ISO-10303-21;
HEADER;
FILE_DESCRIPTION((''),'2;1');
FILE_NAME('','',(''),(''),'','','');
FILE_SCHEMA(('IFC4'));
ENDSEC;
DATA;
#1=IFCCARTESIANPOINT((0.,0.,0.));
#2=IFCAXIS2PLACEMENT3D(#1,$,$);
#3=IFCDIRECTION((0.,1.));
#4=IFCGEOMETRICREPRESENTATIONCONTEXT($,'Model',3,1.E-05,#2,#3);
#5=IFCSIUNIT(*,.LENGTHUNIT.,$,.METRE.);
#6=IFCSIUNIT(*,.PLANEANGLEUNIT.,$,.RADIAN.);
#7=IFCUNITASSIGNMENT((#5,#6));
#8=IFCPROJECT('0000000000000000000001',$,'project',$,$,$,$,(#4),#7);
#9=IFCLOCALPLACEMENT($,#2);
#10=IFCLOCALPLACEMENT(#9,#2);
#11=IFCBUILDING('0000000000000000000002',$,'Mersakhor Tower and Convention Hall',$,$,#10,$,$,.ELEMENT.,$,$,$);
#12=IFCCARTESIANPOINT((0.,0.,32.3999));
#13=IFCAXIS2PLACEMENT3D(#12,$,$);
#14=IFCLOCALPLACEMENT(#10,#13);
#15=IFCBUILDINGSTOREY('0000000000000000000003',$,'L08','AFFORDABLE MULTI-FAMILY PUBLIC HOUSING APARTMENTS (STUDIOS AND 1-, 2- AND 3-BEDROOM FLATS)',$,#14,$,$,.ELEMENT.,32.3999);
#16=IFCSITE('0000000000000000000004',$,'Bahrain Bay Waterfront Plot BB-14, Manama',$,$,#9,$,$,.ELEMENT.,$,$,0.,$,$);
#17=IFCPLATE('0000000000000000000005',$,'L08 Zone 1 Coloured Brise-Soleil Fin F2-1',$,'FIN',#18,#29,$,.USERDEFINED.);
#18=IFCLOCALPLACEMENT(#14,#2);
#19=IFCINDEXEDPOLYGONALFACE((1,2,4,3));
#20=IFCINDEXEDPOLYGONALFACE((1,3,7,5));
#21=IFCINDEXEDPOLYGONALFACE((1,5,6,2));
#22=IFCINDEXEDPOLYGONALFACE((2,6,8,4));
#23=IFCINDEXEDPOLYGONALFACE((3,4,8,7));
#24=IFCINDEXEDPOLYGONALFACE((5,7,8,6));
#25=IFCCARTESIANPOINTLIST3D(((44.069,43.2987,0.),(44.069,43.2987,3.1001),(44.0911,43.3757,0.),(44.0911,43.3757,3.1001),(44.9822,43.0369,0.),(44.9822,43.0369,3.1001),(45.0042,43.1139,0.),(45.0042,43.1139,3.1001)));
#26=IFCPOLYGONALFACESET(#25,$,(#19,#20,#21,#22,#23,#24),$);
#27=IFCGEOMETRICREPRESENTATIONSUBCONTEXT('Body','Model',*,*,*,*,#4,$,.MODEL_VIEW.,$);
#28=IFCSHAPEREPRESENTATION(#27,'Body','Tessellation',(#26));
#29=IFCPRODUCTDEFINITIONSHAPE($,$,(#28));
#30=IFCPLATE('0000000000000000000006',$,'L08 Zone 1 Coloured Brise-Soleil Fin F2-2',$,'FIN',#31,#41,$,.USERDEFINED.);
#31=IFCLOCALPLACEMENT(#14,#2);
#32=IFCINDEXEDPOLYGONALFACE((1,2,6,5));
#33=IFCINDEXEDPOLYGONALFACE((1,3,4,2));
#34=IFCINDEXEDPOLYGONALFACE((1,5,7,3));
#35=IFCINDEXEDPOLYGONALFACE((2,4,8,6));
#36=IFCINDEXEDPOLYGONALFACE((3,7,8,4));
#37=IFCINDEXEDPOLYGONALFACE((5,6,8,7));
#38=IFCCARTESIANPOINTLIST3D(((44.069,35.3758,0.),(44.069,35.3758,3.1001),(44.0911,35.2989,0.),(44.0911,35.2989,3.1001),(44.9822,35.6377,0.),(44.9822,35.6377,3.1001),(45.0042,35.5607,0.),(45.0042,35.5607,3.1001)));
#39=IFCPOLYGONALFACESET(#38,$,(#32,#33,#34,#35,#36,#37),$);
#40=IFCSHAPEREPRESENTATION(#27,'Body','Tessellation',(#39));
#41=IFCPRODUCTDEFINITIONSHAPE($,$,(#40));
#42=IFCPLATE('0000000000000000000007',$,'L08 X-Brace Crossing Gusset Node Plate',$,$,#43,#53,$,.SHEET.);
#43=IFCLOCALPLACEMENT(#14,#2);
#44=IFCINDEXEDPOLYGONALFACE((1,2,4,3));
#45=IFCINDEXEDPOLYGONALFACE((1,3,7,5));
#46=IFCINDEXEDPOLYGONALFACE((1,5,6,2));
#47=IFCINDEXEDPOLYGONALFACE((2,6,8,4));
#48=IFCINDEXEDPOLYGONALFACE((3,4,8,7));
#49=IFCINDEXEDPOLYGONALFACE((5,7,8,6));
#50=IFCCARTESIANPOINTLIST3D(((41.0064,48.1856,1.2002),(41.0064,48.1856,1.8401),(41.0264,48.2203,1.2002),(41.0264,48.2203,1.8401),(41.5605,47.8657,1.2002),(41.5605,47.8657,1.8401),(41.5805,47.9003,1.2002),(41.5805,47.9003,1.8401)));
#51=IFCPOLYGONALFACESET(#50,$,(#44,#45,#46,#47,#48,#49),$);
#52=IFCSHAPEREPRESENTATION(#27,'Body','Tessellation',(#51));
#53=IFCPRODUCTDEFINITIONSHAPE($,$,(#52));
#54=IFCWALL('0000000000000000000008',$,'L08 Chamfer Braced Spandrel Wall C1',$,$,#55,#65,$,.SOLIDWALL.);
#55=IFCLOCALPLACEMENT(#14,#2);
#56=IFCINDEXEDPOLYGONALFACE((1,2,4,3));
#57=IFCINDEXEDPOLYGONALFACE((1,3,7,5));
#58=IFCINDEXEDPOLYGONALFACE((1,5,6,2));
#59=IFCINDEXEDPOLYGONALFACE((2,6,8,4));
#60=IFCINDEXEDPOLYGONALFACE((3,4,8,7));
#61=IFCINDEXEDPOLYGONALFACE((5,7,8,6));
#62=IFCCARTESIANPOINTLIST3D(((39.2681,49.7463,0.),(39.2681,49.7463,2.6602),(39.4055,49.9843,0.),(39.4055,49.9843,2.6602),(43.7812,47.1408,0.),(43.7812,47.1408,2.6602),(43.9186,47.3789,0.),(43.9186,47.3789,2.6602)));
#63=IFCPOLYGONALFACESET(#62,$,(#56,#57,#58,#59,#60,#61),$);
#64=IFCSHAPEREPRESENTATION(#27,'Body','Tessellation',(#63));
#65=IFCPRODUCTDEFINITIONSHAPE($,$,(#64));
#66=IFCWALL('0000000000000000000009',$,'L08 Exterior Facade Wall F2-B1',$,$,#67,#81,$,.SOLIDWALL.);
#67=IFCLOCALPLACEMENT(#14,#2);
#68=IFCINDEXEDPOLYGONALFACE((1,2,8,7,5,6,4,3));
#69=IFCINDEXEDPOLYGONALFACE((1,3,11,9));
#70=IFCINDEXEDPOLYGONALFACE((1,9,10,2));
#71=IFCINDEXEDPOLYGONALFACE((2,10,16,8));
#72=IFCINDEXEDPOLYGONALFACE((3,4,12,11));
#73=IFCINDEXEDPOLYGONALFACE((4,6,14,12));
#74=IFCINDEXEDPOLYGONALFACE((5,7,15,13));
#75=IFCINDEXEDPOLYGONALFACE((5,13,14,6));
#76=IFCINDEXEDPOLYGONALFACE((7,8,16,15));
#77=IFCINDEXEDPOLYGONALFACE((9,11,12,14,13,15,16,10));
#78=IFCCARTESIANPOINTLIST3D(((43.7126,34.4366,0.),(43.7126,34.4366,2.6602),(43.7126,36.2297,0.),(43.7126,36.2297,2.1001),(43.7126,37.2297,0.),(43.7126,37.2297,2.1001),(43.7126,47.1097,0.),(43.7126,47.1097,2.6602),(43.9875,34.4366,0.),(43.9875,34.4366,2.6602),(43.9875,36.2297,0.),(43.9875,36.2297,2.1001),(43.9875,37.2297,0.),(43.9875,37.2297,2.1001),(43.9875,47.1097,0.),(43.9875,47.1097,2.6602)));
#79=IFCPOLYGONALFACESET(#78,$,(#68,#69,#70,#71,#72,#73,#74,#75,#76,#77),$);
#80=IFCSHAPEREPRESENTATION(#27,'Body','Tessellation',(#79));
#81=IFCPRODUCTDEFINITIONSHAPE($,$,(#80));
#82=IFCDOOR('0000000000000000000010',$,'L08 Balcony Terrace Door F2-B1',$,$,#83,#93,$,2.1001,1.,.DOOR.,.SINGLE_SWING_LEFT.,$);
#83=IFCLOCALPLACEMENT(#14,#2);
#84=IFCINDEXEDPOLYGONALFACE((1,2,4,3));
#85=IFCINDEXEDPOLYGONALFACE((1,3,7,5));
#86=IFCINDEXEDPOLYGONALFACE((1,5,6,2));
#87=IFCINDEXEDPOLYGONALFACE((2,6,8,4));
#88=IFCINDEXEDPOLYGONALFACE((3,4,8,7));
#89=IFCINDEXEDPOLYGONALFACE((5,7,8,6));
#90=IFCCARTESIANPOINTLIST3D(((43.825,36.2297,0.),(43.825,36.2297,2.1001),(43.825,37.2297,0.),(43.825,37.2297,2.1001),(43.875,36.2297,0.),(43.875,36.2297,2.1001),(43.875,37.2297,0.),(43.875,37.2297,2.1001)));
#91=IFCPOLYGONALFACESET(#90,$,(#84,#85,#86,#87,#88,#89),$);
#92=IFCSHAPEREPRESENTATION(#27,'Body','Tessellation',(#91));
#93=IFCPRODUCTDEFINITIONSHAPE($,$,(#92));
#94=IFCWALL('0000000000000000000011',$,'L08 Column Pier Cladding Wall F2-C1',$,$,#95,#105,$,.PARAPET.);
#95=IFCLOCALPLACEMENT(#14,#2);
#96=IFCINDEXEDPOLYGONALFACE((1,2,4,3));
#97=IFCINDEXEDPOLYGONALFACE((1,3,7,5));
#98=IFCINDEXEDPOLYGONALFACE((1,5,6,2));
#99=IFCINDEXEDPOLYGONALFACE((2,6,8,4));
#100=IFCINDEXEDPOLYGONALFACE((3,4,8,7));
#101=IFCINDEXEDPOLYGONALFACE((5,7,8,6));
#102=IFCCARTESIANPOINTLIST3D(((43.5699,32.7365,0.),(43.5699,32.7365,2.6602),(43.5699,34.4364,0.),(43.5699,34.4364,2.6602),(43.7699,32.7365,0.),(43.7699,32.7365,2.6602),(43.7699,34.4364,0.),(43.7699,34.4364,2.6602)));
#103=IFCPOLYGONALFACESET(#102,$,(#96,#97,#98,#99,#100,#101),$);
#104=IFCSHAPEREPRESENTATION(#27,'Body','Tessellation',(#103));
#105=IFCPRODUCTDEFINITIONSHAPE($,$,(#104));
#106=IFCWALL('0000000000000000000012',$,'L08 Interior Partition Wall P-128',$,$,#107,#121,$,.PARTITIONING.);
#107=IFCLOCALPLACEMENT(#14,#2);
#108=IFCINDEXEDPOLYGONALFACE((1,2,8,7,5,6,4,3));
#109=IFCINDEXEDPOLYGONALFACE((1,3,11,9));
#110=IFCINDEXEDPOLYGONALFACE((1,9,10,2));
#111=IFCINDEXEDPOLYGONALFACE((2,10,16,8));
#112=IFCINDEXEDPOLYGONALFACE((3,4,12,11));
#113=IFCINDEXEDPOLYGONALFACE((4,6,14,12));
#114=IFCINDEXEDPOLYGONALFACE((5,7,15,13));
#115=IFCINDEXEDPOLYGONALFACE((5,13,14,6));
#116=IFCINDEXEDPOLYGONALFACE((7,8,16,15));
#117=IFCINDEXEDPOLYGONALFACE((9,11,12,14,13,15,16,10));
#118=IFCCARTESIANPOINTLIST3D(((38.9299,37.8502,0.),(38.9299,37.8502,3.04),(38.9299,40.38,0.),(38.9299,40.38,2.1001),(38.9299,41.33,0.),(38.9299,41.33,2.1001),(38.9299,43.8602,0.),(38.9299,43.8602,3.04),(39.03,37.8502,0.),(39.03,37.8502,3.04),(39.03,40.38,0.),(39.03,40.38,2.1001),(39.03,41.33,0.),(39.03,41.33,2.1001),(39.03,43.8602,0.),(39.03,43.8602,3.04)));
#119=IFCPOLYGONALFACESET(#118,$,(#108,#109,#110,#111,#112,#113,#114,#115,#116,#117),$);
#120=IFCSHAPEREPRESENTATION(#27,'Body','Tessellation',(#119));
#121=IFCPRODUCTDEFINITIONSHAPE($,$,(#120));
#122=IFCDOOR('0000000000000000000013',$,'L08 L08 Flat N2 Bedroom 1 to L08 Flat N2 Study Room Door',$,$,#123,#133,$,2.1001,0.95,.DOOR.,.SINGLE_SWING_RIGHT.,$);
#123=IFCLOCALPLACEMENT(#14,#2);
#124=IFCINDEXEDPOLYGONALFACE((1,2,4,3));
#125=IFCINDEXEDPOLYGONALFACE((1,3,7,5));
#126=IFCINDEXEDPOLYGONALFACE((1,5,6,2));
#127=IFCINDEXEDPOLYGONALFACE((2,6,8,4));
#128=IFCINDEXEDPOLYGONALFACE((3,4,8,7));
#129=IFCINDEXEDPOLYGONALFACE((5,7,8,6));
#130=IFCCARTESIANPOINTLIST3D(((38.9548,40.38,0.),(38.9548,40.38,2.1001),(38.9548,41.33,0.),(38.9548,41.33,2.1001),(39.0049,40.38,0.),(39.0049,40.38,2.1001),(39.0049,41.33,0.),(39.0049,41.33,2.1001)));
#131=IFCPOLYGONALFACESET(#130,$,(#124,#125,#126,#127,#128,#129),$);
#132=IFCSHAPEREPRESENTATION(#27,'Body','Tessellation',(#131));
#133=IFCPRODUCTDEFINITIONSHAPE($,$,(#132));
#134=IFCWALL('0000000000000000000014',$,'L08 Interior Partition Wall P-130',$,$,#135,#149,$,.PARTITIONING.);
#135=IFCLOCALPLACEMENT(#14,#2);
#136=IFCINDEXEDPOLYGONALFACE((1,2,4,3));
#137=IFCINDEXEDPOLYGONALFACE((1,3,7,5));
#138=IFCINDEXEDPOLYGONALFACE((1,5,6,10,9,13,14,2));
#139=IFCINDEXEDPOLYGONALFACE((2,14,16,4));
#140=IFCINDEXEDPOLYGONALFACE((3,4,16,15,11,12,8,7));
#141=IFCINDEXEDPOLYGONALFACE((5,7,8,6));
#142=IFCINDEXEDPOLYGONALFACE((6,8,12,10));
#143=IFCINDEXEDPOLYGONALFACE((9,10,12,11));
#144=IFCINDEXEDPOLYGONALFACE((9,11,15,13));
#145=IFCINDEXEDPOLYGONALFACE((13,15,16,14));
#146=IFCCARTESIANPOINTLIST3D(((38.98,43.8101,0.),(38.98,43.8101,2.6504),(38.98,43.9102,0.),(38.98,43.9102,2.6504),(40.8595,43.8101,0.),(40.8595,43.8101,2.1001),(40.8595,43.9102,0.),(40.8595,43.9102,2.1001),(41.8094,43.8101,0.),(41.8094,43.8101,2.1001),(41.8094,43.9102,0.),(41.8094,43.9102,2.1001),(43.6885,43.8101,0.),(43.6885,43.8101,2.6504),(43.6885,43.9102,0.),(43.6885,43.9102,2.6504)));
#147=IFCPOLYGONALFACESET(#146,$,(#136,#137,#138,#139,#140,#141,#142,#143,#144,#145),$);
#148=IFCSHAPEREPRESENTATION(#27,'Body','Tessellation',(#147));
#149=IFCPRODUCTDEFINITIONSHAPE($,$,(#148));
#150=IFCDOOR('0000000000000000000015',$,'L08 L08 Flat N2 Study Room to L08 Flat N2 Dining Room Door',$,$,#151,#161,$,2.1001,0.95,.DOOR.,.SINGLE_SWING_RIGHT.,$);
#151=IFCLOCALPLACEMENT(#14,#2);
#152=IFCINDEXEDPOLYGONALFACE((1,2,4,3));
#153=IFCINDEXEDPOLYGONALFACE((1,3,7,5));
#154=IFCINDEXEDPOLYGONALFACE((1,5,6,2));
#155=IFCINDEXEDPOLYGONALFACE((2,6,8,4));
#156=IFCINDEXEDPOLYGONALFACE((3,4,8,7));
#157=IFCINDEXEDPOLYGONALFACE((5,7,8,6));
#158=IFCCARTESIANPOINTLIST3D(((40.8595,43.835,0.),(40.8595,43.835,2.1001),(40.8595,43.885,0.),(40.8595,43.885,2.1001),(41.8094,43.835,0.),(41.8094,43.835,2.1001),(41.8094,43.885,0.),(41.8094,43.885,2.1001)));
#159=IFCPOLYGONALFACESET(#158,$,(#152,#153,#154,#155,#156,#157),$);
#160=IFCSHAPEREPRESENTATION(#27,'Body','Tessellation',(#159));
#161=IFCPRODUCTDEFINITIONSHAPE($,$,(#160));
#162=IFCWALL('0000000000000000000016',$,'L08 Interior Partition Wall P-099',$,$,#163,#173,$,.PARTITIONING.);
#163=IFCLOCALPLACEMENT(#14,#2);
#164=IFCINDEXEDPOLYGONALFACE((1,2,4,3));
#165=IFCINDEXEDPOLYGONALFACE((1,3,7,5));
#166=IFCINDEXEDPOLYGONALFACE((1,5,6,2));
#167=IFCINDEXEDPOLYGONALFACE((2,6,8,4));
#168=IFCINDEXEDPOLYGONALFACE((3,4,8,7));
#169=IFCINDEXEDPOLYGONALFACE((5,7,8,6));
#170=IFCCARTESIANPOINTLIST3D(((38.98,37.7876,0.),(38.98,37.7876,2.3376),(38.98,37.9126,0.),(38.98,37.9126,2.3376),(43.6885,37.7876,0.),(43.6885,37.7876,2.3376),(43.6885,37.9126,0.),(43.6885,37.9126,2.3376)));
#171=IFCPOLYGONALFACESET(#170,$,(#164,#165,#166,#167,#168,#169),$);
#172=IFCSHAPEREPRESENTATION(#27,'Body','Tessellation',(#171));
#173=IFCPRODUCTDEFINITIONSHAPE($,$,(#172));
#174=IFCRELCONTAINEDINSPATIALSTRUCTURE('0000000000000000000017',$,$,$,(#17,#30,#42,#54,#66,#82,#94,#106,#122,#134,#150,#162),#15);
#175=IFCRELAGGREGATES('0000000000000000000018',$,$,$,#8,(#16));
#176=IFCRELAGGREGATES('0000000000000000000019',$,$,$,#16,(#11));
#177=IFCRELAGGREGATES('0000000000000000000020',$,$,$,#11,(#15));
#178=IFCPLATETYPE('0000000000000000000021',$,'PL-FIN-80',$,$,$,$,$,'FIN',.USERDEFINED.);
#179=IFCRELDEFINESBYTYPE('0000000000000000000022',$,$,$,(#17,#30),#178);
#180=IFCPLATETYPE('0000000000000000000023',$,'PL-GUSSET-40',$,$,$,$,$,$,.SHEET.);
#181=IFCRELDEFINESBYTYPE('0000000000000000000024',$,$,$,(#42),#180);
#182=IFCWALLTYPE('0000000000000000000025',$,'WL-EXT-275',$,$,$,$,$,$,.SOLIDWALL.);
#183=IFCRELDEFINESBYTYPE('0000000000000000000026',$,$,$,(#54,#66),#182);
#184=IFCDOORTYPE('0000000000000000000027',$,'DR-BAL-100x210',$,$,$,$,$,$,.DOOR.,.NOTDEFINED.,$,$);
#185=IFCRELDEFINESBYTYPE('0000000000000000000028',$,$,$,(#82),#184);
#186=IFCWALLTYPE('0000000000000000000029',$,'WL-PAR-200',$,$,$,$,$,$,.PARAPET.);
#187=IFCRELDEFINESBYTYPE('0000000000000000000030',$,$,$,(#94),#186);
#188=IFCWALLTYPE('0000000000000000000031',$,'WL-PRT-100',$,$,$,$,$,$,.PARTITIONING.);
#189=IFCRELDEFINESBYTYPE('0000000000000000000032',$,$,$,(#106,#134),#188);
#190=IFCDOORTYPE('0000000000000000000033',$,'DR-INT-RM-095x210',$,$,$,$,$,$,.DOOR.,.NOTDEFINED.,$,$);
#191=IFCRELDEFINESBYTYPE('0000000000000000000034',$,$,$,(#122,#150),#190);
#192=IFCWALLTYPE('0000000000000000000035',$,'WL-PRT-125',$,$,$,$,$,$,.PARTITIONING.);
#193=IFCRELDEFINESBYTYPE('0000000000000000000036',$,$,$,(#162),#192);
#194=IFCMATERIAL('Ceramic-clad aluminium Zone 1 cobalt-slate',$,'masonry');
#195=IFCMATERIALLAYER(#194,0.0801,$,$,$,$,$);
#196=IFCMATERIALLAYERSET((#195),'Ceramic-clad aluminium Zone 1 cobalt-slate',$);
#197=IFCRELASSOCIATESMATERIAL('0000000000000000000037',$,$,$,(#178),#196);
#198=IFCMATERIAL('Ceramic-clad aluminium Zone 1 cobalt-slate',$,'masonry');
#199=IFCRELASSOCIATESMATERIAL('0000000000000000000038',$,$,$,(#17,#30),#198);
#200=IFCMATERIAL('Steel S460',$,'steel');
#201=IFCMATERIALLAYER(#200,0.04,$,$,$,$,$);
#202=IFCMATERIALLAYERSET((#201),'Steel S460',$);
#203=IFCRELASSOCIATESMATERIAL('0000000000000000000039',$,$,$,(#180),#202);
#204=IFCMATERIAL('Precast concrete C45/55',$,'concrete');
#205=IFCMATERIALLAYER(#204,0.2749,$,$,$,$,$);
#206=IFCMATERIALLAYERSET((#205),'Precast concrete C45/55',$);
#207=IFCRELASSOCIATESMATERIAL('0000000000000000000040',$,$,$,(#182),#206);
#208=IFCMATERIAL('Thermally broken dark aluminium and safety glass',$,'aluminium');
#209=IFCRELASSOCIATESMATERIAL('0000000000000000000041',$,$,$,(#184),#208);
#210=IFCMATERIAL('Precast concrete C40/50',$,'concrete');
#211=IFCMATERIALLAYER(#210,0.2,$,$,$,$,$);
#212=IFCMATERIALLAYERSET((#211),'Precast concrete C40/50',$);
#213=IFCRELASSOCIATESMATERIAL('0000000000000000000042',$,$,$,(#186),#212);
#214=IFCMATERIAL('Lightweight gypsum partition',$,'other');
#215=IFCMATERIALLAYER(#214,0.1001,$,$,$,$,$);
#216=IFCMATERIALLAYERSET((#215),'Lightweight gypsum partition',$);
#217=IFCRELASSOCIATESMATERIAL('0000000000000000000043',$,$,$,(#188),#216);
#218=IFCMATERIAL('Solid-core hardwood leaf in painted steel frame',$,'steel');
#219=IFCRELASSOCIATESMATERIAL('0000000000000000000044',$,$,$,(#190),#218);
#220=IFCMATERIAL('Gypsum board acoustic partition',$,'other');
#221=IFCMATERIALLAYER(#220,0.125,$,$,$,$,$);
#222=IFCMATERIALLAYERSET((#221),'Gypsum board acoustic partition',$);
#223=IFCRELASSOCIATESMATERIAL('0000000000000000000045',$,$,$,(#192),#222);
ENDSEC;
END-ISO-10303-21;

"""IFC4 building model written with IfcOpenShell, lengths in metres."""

from ifc_helpers import new_model, si_unit, direction, frame, frame_2d, origin, origin_2d, place, context, subcontext, project, spatial, rectangle, extrude, material, layer, layer_set, type_object, element, fill, save


model = new_model("IFC4")

# Units and contexts
model_context = context("Model", 3, precision=1e-05, world=origin(), true_north=direction((0.0, 1.0)))
body_context = subcontext(model_context, "Body", "Model", "MODEL_VIEW")
ifc_project = project(units=[si_unit("LENGTHUNIT", "METRE"), si_unit("PLANEANGLEUNIT", "RADIAN")], contexts=[model_context])

# Site, building, storey
site_placement = place(None, origin())
site = spatial("IfcSite", under=ifc_project, at=site_placement, Name="Bahrain Bay Waterfront Plot BB-14, Manama", CompositionType="ELEMENT", RefElevation=0.0)
building_placement = place(site_placement, origin())
building = spatial("IfcBuilding", under=site, at=building_placement, Name="Mersakhor Tower and Convention Hall", CompositionType="ELEMENT")
storey_placement = place(building_placement, frame((0.0, 0.0, 32.3999)))
storey = spatial("IfcBuildingStorey", under=building, at=storey_placement, Name="L08", Description="AFFORDABLE MULTI-FAMILY PUBLIC HOUSING APARTMENTS (STUDIOS AND 1-, 2- AND 3-BEDROOM FLATS)", CompositionType="ELEMENT", Elevation=32.3999)

# Plates
ifc_material_1 = material(Name="Ceramic-clad aluminium Zone 1 cobalt-slate", Category="masonry")
ifc_material_2 = material(Name="Ceramic-clad aluminium Zone 1 cobalt-slate", Category="masonry")
ifc_layer_1 = layer(ifc_material_2, 0.0801)
ifc_layer_set_1 = layer_set([ifc_layer_1], Name="Ceramic-clad aluminium Zone 1 cobalt-slate")
plate_type_1 = type_object("IfcPlateType", Name="PL-FIN-80", ElementType="FIN", PredefinedType="USERDEFINED", material=ifc_layer_set_1)
for number, where, z_axis, x_axis, name in (
    (1, (44.5366, 43.2063, 0.0), (0.0, 0.0, 1.0), (0.961262, -0.275637, 0.0), "L08 Zone 1 Coloured Brise-Soleil Fin F2-1"),
    (2, (44.5366, 35.4683, 0.0), (0.0, 0.0, 1.0), (0.961262, 0.275637, 0.0), "L08 Zone 1 Coloured Brise-Soleil Fin F2-2"),
):
    element("IfcPlate", number, at=place(storey_placement, frame(where, z_axis=z_axis, x_axis=x_axis)), inside=storey, type_object=plate_type_1, material=ifc_material_1, Name=name, ObjectType="FIN", PredefinedType="USERDEFINED", context=body_context, shape_type="SweptSolid", body=[
        extrude(rectangle(XDim=0.95, YDim=0.0801, at=origin_2d()), origin(), (0.0, 0.0, 1.0), 3.1001),
    ])
ifc_material_3 = material(Name="Steel S460", Category="steel")
ifc_layer_2 = layer(ifc_material_3, 0.04)
ifc_layer_set_2 = layer_set([ifc_layer_2], Name="Steel S460")
plate_type_2 = type_object("IfcPlateType", Name="PL-GUSSET-40", PredefinedType="SHEET", material=ifc_layer_set_2)
plate_placement = place(storey_placement, frame((41.2935, 48.043, 1.2002), z_axis=(0.0, 0.0, 1.0), x_axis=(-0.866025, 0.5, 0.0)))
element("IfcPlate", 3, at=plate_placement, inside=storey, type_object=plate_type_2, Name="L08 X-Brace Crossing Gusset Node Plate", PredefinedType="SHEET", context=body_context, shape_type="SweptSolid", body=[
    extrude(rectangle(XDim=0.6399, YDim=0.04, at=origin_2d()), origin(), (0.0, 0.0, 1.0), 0.6399),
])

# Wall
ifc_material_4 = material(Name="Precast concrete C45/55", Category="concrete")
ifc_layer_3 = layer(ifc_material_4, 0.2749)
ifc_layer_set_3 = layer_set([ifc_layer_3], Name="Precast concrete C45/55")
wall_type_1 = type_object("IfcWallType", Name="WL-EXT-275", PredefinedType="SOLIDWALL", material=ifc_layer_set_3)
wall_1_placement = place(storey_placement, frame((39.3369, 49.8652, 0.0), z_axis=(0.0, 0.0, 1.0), x_axis=(0.866044, -0.499968, 0.0)))
element("IfcWall", 4, at=wall_1_placement, inside=storey, type_object=wall_type_1, Name="L08 Chamfer Braced Spandrel Wall C1", PredefinedType="SOLIDWALL", context=body_context, shape_type="SweptSolid", body=[
    extrude(rectangle(XDim=5.2112, YDim=0.2749, at=frame_2d((2.6055, 0.0))), origin(), (0.0, 0.0, 1.0), 2.6602),
])

# Wall, opening, door
wall_2_placement = place(storey_placement, frame((43.8501, 47.1096, 0.0), z_axis=(0.0, 0.0, 1.0), x_axis=(0.0, -1.0, 0.0)))
wall_2 = element("IfcWall", 5, at=wall_2_placement, inside=storey, type_object=wall_type_1, Name="L08 Exterior Facade Wall F2-B1", PredefinedType="SOLIDWALL", context=body_context, shape_type="SweptSolid", body=[
    extrude(rectangle(XDim=12.6731, YDim=0.2749, at=frame_2d((6.3364, 0.0))), origin(), (0.0, 0.0, 1.0), 2.6602),
])
opening_1_placement = place(wall_2_placement, frame((9.8799, 0.0, 0.0)))
opening_1 = element("IfcOpeningElement", 6, at=opening_1_placement, cuts=wall_2, PredefinedType="OPENING", context=body_context, shape_type="SweptSolid", body=[
    extrude(rectangle(XDim=1.0, YDim=2.1001, at=frame_2d((0.5, 1.05))), frame((0.0, 0.1475, 0.0), z_axis=(0.0, -1.0, 0.0), x_axis=(1.0, 0.0, 0.0)), (0.0, 0.0, 1.0), 0.2949),
])
ifc_material_5 = material(Name="Thermally broken dark aluminium and safety glass", Category="aluminium")
door_type_1 = type_object("IfcDoorType", Name="DR-BAL-100x210", OperationType="NOTDEFINED", PredefinedType="DOOR", material=ifc_material_5)
door_1_placement = place(opening_1_placement, origin())
door_1 = element("IfcDoor", 7, at=door_1_placement, inside=storey, type_object=door_type_1, Name="L08 Balcony Terrace Door F2-B1", OperationType="SINGLE_SWING_LEFT", OverallHeight=2.1001, OverallWidth=1.0, PredefinedType="DOOR", context=body_context, shape_type="SweptSolid", body=[
    extrude(rectangle(XDim=1.0, YDim=2.1001, at=frame_2d((0.5, 1.05))), frame((0.0, 0.0249, 0.0), z_axis=(0.0, -1.0, 0.0), x_axis=(1.0, 0.0, 0.0)), (0.0, 0.0, 1.0), 0.05),
])
fill(opening_1, door_1)

# Wall
ifc_material_6 = material(Name="Precast concrete C40/50", Category="concrete")
ifc_layer_4 = layer(ifc_material_6, 0.2)
ifc_layer_set_4 = layer_set([ifc_layer_4], Name="Precast concrete C40/50")
wall_type_2 = type_object("IfcWallType", Name="WL-PAR-200", PredefinedType="PARAPET", material=ifc_layer_set_4)
wall_3_placement = place(storey_placement, frame((43.6699, 34.4365, 0.0), z_axis=(0.0, 0.0, 1.0), x_axis=(0.0, -1.0, 0.0)))
element("IfcWall", 8, at=wall_3_placement, inside=storey, type_object=wall_type_2, Name="L08 Column Pier Cladding Wall F2-C1", PredefinedType="PARAPET", context=body_context, shape_type="SweptSolid", body=[
    extrude(rectangle(XDim=1.7, YDim=0.2, at=frame_2d((0.8501, 0.0))), origin(), (0.0, 0.0, 1.0), 2.6602),
])

# Walls, openings, doors
ifc_material_7 = material(Name="Lightweight gypsum partition", Category="other")
ifc_layer_5 = layer(ifc_material_7, 0.1001)
ifc_layer_set_5 = layer_set([ifc_layer_5], Name="Lightweight gypsum partition")
wall_type_3 = type_object("IfcWallType", Name="WL-PRT-100", PredefinedType="PARTITIONING", material=ifc_layer_set_5)
wall_4_placement = place(storey_placement, frame((38.98, 43.8601, 0.0), z_axis=(0.0, 0.0, 1.0), x_axis=(0.0, -1.0, 0.0)))
wall_4 = element("IfcWall", 9, at=wall_4_placement, inside=storey, type_object=wall_type_3, Name="L08 Interior Partition Wall P-128", PredefinedType="PARTITIONING", context=body_context, shape_type="SweptSolid", body=[
    extrude(rectangle(XDim=6.01, YDim=0.1001, at=frame_2d((3.0049, 0.0))), origin(), (0.0, 0.0, 1.0), 3.04),
])
opening_2_placement = place(wall_4_placement, frame((2.53, 0.0, 0.0)))
opening_2 = element("IfcOpeningElement", 10, at=opening_2_placement, cuts=wall_4, PredefinedType="OPENING", context=body_context, shape_type="SweptSolid", body=[
    extrude(rectangle(XDim=0.95, YDim=2.1001, at=frame_2d((0.4751, 1.05))), frame((0.0, 0.0601, 0.0), z_axis=(0.0, -1.0, 0.0), x_axis=(1.0, 0.0, 0.0)), (0.0, 0.0, 1.0), 0.1201),
])
ifc_material_8 = material(Name="Solid-core hardwood leaf in painted steel frame", Category="steel")
door_type_2 = type_object("IfcDoorType", Name="DR-INT-RM-095x210", OperationType="NOTDEFINED", PredefinedType="DOOR", material=ifc_material_8)
door_2_placement = place(opening_2_placement, origin())
door_2 = element("IfcDoor", 11, at=door_2_placement, inside=storey, type_object=door_type_2, Name="L08 L08 Flat N2 Bedroom 1 to L08 Flat N2 Study Room Door", OperationType="SINGLE_SWING_RIGHT", OverallHeight=2.1001, OverallWidth=0.95, PredefinedType="DOOR", context=body_context, shape_type="SweptSolid", body=[
    extrude(rectangle(XDim=0.95, YDim=2.1001, at=frame_2d((0.4751, 1.05))), frame((0.0, 0.0249, 0.0), z_axis=(0.0, -1.0, 0.0), x_axis=(1.0, 0.0, 0.0)), (0.0, 0.0, 1.0), 0.05),
])
fill(opening_2, door_2)
wall_5_placement = place(storey_placement, frame((38.98, 43.8601, 0.0), z_axis=(0.0, 0.0, 1.0), x_axis=(1.0, 0.0, 0.0)))
wall_5 = element("IfcWall", 12, at=wall_5_placement, inside=storey, type_object=wall_type_3, Name="L08 Interior Partition Wall P-130", PredefinedType="PARTITIONING", context=body_context, shape_type="SweptSolid", body=[
    extrude(rectangle(XDim=4.7085, YDim=0.1001, at=frame_2d((2.3542, 0.0))), origin(), (0.0, 0.0, 1.0), 2.6504),
])
opening_3_placement = place(wall_5_placement, frame((1.8794, 0.0, 0.0)))
opening_3 = element("IfcOpeningElement", 13, at=opening_3_placement, cuts=wall_5, PredefinedType="OPENING", context=body_context, shape_type="SweptSolid", body=[
    extrude(rectangle(XDim=0.95, YDim=2.1001, at=frame_2d((0.4751, 1.05))), frame((0.0, 0.0601, 0.0), z_axis=(0.0, -1.0, 0.0), x_axis=(1.0, 0.0, 0.0)), (0.0, 0.0, 1.0), 0.1201),
])
door_3_placement = place(opening_3_placement, origin())
door_3 = element("IfcDoor", 14, at=door_3_placement, inside=storey, type_object=door_type_2, Name="L08 L08 Flat N2 Study Room to L08 Flat N2 Dining Room Door", OperationType="SINGLE_SWING_RIGHT", OverallHeight=2.1001, OverallWidth=0.95, PredefinedType="DOOR", context=body_context, shape_type="SweptSolid", body=[
    extrude(rectangle(XDim=0.95, YDim=2.1001, at=frame_2d((0.4751, 1.05))), frame((0.0, 0.0249, 0.0), z_axis=(0.0, -1.0, 0.0), x_axis=(1.0, 0.0, 0.0)), (0.0, 0.0, 1.0), 0.05),
])
fill(opening_3, door_3)

# Wall
ifc_material_9 = material(Name="Gypsum board acoustic partition", Category="other")
ifc_layer_6 = layer(ifc_material_9, 0.125)
ifc_layer_set_6 = layer_set([ifc_layer_6], Name="Gypsum board acoustic partition")
wall_type_4 = type_object("IfcWallType", Name="WL-PRT-125", PredefinedType="PARTITIONING", material=ifc_layer_set_6)
wall_6_placement = place(storey_placement, frame((38.98, 37.8501, 0.0), z_axis=(0.0, 0.0, 1.0), x_axis=(1.0, 0.0, 0.0)))
element("IfcWall", 15, at=wall_6_placement, inside=storey, type_object=wall_type_4, Name="L08 Interior Partition Wall P-099", PredefinedType="PARTITIONING", context=body_context, shape_type="SweptSolid", body=[
    extrude(rectangle(XDim=4.7085, YDim=0.125, at=frame_2d((2.3542, 0.0))), origin(), (0.0, 0.0, 1.0), 2.3376),
])

save(model, "model.ifc")
